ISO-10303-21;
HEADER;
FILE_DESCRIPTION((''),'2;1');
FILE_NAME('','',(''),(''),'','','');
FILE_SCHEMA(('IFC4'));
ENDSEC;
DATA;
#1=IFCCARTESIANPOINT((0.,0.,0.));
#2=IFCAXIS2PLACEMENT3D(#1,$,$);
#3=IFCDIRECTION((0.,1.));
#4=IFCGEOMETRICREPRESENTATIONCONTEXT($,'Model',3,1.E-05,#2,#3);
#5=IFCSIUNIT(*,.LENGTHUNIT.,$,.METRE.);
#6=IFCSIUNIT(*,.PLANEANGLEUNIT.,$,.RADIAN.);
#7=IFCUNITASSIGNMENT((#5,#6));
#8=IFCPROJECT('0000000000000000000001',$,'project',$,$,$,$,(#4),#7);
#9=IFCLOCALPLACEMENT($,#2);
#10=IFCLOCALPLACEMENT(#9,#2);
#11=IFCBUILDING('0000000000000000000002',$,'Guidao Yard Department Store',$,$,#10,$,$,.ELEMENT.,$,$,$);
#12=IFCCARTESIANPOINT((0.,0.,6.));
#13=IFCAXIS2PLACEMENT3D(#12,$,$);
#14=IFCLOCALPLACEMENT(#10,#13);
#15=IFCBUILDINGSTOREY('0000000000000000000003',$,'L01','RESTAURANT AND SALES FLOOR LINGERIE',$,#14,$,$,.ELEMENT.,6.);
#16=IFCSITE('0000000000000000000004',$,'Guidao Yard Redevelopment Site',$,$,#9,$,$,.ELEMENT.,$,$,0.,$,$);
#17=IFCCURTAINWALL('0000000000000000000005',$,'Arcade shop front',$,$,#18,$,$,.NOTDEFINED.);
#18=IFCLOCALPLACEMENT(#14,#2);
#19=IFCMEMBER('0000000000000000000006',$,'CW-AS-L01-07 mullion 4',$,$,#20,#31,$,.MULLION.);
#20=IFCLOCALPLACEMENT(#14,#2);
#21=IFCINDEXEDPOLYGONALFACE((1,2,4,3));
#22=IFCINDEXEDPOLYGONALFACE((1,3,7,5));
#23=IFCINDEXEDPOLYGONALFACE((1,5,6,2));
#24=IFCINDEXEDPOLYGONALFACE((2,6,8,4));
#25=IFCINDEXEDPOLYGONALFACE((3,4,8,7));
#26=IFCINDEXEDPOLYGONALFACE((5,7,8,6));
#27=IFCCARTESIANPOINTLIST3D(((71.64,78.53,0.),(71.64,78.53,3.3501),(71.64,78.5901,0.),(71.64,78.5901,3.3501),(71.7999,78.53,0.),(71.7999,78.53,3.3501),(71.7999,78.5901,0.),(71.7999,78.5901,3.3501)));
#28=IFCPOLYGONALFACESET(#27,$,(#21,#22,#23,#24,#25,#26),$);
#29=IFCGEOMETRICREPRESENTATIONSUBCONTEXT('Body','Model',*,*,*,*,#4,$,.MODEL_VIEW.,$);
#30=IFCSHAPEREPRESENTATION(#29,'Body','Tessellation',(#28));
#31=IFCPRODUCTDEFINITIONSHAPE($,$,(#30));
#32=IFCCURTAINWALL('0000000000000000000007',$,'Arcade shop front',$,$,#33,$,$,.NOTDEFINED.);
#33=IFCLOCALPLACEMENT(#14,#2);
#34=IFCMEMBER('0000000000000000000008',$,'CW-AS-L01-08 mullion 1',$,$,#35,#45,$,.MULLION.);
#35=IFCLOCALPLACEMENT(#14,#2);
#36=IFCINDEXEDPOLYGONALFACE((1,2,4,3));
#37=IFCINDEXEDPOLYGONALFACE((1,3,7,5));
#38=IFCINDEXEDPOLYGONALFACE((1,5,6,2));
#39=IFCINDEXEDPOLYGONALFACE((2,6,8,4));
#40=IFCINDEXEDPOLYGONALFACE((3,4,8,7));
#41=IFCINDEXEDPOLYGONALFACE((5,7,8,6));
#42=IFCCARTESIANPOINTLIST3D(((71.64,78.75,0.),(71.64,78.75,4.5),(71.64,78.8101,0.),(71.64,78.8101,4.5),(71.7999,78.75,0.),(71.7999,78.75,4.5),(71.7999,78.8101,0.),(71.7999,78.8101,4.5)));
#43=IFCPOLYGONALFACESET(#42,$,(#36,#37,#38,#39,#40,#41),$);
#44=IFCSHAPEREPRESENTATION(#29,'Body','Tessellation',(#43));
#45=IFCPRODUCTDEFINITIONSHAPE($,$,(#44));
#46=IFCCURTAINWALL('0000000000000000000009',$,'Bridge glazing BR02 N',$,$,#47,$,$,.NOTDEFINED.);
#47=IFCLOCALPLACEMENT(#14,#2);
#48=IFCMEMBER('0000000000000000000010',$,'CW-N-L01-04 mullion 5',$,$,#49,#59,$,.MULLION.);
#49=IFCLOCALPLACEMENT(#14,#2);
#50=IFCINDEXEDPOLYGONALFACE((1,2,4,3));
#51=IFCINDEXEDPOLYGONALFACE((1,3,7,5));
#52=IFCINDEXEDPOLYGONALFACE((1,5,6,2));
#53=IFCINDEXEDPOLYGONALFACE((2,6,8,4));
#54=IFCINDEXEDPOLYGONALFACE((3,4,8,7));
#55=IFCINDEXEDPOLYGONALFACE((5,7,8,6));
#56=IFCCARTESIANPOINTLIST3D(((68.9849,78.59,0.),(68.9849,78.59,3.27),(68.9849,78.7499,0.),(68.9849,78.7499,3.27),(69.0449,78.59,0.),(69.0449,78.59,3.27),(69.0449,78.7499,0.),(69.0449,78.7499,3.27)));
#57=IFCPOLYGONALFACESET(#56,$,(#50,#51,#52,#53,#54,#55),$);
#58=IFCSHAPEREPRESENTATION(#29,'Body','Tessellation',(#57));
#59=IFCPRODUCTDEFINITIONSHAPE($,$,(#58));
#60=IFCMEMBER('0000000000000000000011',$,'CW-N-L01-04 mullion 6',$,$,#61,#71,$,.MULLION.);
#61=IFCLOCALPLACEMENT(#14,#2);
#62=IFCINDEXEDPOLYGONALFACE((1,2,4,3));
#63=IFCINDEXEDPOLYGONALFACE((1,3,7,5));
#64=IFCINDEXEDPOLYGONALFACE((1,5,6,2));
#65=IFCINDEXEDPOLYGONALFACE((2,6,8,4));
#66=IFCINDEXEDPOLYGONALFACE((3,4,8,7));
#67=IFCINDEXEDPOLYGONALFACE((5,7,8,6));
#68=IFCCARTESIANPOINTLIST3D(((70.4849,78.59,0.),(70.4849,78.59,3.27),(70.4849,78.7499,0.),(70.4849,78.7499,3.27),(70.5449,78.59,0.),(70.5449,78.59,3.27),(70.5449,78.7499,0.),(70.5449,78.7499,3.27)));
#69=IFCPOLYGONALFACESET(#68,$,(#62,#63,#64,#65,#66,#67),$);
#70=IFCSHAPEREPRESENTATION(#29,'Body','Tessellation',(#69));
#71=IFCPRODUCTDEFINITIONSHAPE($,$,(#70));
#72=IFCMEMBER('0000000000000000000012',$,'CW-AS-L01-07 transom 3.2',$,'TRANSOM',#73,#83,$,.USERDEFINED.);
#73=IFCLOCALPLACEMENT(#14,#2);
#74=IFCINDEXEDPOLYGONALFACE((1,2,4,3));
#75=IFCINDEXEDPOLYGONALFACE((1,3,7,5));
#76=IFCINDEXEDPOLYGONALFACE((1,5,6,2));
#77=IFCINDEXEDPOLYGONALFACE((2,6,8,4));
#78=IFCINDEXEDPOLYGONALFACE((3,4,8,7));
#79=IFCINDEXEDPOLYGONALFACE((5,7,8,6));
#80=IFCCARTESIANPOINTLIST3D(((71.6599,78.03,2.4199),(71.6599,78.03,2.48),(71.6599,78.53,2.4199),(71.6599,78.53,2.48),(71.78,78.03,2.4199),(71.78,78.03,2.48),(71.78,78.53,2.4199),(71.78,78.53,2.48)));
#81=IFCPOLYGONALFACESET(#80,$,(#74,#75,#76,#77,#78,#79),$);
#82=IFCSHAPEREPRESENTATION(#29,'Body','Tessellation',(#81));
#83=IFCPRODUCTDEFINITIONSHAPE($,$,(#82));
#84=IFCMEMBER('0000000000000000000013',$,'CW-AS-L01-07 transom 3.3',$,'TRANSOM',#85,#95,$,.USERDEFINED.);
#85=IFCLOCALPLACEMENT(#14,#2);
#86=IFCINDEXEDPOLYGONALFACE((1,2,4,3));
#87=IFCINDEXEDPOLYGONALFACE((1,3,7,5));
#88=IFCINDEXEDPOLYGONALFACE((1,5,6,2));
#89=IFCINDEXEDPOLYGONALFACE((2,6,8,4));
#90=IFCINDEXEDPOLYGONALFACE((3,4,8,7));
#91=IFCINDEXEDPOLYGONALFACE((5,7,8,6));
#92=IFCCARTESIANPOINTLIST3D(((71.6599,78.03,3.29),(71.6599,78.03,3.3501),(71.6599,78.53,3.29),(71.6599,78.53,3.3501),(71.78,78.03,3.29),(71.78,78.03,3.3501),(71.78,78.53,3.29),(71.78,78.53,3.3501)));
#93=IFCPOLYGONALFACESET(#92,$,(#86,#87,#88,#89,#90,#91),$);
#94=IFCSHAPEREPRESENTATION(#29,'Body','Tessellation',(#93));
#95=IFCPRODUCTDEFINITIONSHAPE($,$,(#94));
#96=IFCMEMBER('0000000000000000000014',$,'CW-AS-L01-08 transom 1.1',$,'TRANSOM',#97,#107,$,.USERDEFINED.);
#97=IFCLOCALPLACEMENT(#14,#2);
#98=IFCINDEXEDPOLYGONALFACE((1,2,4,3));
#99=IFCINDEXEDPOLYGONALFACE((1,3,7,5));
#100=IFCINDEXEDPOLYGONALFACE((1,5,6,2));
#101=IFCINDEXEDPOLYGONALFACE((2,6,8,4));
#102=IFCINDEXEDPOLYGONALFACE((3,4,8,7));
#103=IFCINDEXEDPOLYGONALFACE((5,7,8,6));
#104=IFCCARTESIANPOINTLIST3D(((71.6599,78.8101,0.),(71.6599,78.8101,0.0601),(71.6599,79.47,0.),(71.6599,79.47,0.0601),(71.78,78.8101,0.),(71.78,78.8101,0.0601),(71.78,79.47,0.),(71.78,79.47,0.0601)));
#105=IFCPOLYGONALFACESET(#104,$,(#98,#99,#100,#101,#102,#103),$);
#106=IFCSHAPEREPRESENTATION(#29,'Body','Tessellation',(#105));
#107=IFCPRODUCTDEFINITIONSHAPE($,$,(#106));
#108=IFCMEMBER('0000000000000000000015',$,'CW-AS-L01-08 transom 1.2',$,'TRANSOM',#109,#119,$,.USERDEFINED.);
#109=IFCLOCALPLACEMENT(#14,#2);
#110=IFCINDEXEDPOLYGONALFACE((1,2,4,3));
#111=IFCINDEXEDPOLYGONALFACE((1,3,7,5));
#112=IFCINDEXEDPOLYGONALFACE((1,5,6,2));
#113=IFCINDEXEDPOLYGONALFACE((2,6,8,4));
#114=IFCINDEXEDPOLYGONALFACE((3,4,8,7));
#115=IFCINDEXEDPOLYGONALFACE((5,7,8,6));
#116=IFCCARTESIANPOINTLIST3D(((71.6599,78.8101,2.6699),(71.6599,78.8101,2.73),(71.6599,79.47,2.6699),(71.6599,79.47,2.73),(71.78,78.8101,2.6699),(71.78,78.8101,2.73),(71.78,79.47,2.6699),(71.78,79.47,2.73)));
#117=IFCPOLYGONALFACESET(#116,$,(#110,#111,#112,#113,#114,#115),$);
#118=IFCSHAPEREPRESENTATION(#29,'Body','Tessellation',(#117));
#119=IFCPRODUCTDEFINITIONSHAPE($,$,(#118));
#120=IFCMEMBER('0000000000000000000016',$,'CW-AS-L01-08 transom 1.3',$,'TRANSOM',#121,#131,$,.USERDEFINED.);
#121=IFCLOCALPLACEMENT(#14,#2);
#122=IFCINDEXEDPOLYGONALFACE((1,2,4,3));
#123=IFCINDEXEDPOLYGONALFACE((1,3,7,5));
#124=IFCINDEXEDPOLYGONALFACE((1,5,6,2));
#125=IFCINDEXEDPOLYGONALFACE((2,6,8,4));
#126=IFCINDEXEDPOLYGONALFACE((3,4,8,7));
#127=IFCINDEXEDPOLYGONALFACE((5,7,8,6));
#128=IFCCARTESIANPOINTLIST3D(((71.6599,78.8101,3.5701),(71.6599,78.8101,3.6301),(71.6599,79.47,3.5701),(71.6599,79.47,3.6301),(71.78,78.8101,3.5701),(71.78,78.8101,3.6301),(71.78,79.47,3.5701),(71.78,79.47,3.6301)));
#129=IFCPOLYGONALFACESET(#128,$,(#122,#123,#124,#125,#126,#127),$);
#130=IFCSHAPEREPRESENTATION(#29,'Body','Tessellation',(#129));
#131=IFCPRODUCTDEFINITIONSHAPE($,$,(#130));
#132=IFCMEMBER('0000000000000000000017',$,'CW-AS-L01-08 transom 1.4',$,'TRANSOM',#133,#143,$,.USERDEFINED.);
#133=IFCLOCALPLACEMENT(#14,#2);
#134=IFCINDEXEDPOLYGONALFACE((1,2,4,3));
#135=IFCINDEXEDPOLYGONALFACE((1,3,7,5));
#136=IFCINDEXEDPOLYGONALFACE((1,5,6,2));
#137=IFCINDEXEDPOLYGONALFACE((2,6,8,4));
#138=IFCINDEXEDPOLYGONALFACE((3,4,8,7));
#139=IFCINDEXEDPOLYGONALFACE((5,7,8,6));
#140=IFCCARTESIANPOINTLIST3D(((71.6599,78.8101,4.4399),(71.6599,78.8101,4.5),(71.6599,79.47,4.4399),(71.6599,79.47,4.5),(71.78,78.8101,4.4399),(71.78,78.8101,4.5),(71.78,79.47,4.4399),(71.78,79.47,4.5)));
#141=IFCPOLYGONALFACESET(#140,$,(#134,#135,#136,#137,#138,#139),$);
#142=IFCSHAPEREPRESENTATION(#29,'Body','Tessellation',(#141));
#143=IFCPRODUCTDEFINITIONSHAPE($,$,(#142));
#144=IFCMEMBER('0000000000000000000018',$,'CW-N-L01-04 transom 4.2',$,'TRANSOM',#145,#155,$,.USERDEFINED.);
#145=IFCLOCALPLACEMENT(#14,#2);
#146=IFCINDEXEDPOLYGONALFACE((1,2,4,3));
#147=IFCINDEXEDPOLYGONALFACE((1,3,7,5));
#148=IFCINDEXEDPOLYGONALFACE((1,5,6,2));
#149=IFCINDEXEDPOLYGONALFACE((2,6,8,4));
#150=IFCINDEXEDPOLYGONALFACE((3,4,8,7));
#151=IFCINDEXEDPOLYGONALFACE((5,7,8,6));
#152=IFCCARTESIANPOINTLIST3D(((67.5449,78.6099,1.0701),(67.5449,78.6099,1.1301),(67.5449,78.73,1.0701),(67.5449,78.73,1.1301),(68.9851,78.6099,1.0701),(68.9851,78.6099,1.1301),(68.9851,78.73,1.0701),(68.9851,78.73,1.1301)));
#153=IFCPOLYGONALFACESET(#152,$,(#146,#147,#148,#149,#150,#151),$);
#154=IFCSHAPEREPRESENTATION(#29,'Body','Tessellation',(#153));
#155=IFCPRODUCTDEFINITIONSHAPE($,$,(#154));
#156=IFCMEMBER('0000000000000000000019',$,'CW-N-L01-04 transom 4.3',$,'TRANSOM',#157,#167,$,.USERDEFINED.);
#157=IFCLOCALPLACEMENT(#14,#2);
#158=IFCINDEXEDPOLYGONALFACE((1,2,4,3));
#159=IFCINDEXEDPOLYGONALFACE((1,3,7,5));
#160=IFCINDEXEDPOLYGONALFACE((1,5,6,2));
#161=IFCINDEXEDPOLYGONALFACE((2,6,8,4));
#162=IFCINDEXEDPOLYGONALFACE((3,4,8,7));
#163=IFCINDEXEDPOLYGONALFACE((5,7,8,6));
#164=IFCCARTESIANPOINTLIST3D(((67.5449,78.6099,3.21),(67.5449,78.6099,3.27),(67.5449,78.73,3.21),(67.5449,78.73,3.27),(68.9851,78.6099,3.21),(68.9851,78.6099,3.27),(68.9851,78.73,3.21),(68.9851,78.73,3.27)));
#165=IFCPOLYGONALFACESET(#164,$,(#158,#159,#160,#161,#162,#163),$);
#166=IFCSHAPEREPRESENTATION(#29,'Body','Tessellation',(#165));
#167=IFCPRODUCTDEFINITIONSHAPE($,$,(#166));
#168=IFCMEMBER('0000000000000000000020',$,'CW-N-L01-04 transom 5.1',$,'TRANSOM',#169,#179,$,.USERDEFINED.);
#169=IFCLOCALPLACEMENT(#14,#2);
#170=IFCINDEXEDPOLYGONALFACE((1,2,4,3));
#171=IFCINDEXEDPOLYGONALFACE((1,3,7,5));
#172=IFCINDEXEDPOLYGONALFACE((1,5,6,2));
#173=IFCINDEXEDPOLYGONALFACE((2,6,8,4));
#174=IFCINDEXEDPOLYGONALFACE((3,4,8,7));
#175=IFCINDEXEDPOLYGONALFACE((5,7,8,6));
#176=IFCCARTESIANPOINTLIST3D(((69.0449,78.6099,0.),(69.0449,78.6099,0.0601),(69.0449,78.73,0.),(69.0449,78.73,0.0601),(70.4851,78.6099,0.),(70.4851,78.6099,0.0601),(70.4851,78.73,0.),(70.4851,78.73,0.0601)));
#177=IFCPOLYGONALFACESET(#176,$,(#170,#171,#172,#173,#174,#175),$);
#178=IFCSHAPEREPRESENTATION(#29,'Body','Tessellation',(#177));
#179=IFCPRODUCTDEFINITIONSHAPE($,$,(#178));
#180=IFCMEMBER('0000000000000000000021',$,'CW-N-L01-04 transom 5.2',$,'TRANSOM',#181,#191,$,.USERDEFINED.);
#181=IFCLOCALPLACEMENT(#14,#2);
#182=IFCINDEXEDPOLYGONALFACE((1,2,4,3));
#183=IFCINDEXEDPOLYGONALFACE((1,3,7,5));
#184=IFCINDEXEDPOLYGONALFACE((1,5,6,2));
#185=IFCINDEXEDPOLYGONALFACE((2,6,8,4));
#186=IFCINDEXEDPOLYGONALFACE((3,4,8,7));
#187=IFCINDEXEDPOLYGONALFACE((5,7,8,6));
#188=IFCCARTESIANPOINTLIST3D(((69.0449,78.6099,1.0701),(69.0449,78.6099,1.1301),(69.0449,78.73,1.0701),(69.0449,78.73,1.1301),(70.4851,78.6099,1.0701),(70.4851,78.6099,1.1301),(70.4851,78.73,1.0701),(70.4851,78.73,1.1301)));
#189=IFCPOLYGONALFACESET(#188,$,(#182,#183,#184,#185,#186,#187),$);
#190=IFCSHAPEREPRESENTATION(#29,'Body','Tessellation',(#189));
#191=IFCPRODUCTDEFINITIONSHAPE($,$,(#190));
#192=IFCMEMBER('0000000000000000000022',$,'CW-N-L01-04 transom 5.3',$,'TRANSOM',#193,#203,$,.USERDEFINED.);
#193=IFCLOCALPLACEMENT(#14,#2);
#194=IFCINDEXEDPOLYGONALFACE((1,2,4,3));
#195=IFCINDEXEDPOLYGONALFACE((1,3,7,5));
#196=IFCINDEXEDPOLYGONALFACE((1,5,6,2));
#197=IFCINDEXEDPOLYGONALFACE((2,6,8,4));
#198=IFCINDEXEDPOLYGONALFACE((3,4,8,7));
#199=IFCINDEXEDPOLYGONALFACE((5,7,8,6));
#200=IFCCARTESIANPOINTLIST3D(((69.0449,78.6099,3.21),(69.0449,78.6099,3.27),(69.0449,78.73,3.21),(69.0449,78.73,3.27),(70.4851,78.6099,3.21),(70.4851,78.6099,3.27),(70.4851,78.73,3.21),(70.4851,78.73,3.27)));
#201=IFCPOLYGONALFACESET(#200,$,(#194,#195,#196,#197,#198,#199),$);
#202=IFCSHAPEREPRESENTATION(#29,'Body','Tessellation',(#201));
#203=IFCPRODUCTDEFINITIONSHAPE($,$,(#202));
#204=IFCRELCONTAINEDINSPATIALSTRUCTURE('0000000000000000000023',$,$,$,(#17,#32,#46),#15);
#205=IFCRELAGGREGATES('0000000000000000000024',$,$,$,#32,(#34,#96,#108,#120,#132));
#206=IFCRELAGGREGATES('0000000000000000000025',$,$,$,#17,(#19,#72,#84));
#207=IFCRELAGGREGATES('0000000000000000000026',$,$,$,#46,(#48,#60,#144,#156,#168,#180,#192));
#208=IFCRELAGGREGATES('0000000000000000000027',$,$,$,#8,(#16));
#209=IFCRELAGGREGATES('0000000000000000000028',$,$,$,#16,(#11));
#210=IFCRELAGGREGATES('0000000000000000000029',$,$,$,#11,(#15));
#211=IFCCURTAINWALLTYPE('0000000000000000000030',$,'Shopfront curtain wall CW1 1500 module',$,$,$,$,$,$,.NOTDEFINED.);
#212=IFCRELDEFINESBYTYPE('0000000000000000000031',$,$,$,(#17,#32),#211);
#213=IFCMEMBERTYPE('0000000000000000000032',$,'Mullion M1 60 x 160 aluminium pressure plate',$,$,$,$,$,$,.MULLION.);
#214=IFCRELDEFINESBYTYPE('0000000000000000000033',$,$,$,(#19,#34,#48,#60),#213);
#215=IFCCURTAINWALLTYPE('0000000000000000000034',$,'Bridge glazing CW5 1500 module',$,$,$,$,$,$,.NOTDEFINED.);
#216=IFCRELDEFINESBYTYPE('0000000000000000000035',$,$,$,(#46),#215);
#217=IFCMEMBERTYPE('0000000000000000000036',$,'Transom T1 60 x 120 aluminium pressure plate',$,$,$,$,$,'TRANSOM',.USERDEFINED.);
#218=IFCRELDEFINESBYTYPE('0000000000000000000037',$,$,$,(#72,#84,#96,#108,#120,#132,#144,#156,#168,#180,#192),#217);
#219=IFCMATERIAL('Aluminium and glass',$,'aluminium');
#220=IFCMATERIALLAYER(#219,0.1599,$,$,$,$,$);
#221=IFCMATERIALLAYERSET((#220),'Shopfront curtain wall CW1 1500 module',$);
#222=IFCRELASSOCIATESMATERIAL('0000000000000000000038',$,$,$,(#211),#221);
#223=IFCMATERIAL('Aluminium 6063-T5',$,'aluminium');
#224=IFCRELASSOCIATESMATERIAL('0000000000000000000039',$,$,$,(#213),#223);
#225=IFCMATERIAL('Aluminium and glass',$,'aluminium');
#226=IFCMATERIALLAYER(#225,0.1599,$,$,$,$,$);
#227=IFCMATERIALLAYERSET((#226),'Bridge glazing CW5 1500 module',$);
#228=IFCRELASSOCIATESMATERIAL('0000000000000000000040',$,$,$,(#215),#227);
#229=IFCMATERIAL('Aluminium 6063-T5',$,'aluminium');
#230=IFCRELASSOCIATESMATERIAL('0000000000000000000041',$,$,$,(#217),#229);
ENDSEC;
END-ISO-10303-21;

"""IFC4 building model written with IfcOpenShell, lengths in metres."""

from ifc_helpers import new_model, si_unit, direction, frame, origin, origin_2d, place, context, subcontext, project, spatial, rectangle, extrude, material, layer, layer_set, material_profile, profile_set, type_object, element, aggregate, save


model = new_model("IFC4")

# Units and contexts
model_context = context("Model", 3, precision=1e-05, world=origin(), true_north=direction((0.0, 1.0)))
body_context = subcontext(model_context, "Body", "Model", "MODEL_VIEW")
ifc_project = project(units=[si_unit("LENGTHUNIT", "METRE"), si_unit("PLANEANGLEUNIT", "RADIAN")], contexts=[model_context])

# Site, building, storey
site_placement = place(None, origin())
site = spatial("IfcSite", under=ifc_project, at=site_placement, Name="Guidao Yard Redevelopment Site", CompositionType="ELEMENT", RefElevation=0.0)
building_placement = place(site_placement, origin())
building = spatial("IfcBuilding", under=site, at=building_placement, Name="Guidao Yard Department Store", CompositionType="ELEMENT")
storey_placement = place(building_placement, frame((0.0, 0.0, 6.0)))
storey = spatial("IfcBuildingStorey", under=building, at=storey_placement, Name="L01", Description="RESTAURANT AND SALES FLOOR LINGERIE", CompositionType="ELEMENT", Elevation=6.0)

# Curtain walls, members
ifc_material_1 = material(Name="Aluminium and glass", Category="aluminium")
ifc_layer_1 = layer(ifc_material_1, 0.1599)
ifc_layer_set_1 = layer_set([ifc_layer_1], Name="Shopfront curtain wall CW1 1500 module")
curtain_wall_type_1 = type_object("IfcCurtainWallType", Name="Shopfront curtain wall CW1 1500 module", PredefinedType="NOTDEFINED", material=ifc_layer_set_1)
curtain_wall_1_placement = place(storey_placement, origin())
curtain_wall_1 = element("IfcCurtainWall", 1, at=curtain_wall_1_placement, inside=storey, type_object=curtain_wall_type_1, Name="Arcade shop front", PredefinedType="NOTDEFINED")
ifc_material_2 = material(Name="Aluminium 6063-T5", Category="aluminium")
ifc_material_profile_1 = material_profile(ifc_material_2, rectangle(XDim=0.0601, YDim=0.1599, at=origin_2d()), Name="Mullion M1 60 x 160 aluminium pressure plate")
ifc_profile_set_1 = profile_set([ifc_material_profile_1], Name="Aluminium 6063-T5")
member_type_1 = type_object("IfcMemberType", Name="Mullion M1 60 x 160 aluminium pressure plate", PredefinedType="MULLION", material=ifc_profile_set_1)
member_1_placement = place(storey_placement, frame((71.72, 78.5601, 0.0), z_axis=(0.0, 0.0, 1.0), x_axis=(0.0, 1.0, 0.0)))
member_1 = element("IfcMember", 2, at=member_1_placement, type_object=member_type_1, Name="CW-AS-L01-07 mullion 4", PredefinedType="MULLION", context=body_context, shape_type="SweptSolid", body=[
    extrude(rectangle(XDim=0.0601, YDim=0.1599, at=origin_2d()), origin(), (0.0, 0.0, 1.0), 3.3501),
])
curtain_wall_2_placement = place(storey_placement, origin())
curtain_wall_2 = element("IfcCurtainWall", 3, at=curtain_wall_2_placement, inside=storey, type_object=curtain_wall_type_1, Name="Arcade shop front", PredefinedType="NOTDEFINED")
member_2_placement = place(storey_placement, frame((71.72, 78.78, 0.0), z_axis=(0.0, 0.0, 1.0), x_axis=(0.0, 1.0, 0.0)))
member_2 = element("IfcMember", 4, at=member_2_placement, type_object=member_type_1, Name="CW-AS-L01-08 mullion 1", PredefinedType="MULLION", context=body_context, shape_type="SweptSolid", body=[
    extrude(rectangle(XDim=0.0601, YDim=0.1599, at=origin_2d()), origin(), (0.0, 0.0, 1.0), 4.5),
])

# Curtain wall, members
ifc_material_3 = material(Name="Aluminium and glass", Category="aluminium")
ifc_layer_2 = layer(ifc_material_3, 0.1599)
ifc_layer_set_2 = layer_set([ifc_layer_2], Name="Bridge glazing CW5 1500 module")
curtain_wall_type_2 = type_object("IfcCurtainWallType", Name="Bridge glazing CW5 1500 module", PredefinedType="NOTDEFINED", material=ifc_layer_set_2)
curtain_wall_3_placement = place(storey_placement, origin())
curtain_wall_3 = element("IfcCurtainWall", 5, at=curtain_wall_3_placement, inside=storey, type_object=curtain_wall_type_2, Name="Bridge glazing BR02 N", PredefinedType="NOTDEFINED")
member_3_placement = place(storey_placement, frame((69.0149, 78.6699, 0.0), z_axis=(0.0, 0.0, 1.0), x_axis=(1.0, 0.0, 0.0)))
member_3 = element("IfcMember", 6, at=member_3_placement, type_object=member_type_1, Name="CW-N-L01-04 mullion 5", PredefinedType="MULLION", context=body_context, shape_type="SweptSolid", body=[
    extrude(rectangle(XDim=0.0601, YDim=0.1599, at=origin_2d()), origin(), (0.0, 0.0, 1.0), 3.27),
])
member_4_placement = place(storey_placement, frame((70.5149, 78.6699, 0.0), z_axis=(0.0, 0.0, 1.0), x_axis=(1.0, 0.0, 0.0)))
member_4 = element("IfcMember", 7, at=member_4_placement, type_object=member_type_1, Name="CW-N-L01-04 mullion 6", PredefinedType="MULLION", context=body_context, shape_type="SweptSolid", body=[
    extrude(rectangle(XDim=0.0601, YDim=0.1599, at=origin_2d()), origin(), (0.0, 0.0, 1.0), 3.27),
])

# Members
ifc_material_4 = material(Name="Aluminium 6063-T5", Category="aluminium")
ifc_material_profile_2 = material_profile(ifc_material_4, rectangle(XDim=0.1201, YDim=0.0601, at=origin_2d()), Name="Transom T1 60 x 120 aluminium pressure plate")
ifc_profile_set_2 = profile_set([ifc_material_profile_2], Name="Aluminium 6063-T5")
member_type_2 = type_object("IfcMemberType", Name="Transom T1 60 x 120 aluminium pressure plate", ElementType="TRANSOM", PredefinedType="USERDEFINED", material=ifc_profile_set_2)
member_5_placement = place(storey_placement, frame((71.72, 78.03, 2.45), z_axis=(0.0, 1.0, 0.0), x_axis=(-1.0, 0.0, 0.0)))
member_5 = element("IfcMember", 8, at=member_5_placement, type_object=member_type_2, Name="CW-AS-L01-07 transom 3.2", ObjectType="TRANSOM", PredefinedType="USERDEFINED", context=body_context, shape_type="SweptSolid", body=[
    extrude(rectangle(XDim=0.1201, YDim=0.0601, at=origin_2d()), origin(), (0.0, 0.0, 1.0), 0.5),
])
member_6_placement = place(storey_placement, frame((71.72, 78.03, 3.3201), z_axis=(0.0, 1.0, 0.0), x_axis=(-1.0, 0.0, 0.0)))
member_6 = element("IfcMember", 9, at=member_6_placement, type_object=member_type_2, Name="CW-AS-L01-07 transom 3.3", ObjectType="TRANSOM", PredefinedType="USERDEFINED", context=body_context, shape_type="SweptSolid", body=[
    extrude(rectangle(XDim=0.1201, YDim=0.0601, at=origin_2d()), origin(), (0.0, 0.0, 1.0), 0.5),
])
member_7_placement = place(storey_placement, frame((71.72, 78.8101, 0.03), z_axis=(0.0, 1.0, 0.0), x_axis=(-1.0, 0.0, 0.0)))
member_7 = element("IfcMember", 10, at=member_7_placement, type_object=member_type_2, Name="CW-AS-L01-08 transom 1.1", ObjectType="TRANSOM", PredefinedType="USERDEFINED", context=body_context, shape_type="SweptSolid", body=[
    extrude(rectangle(XDim=0.1201, YDim=0.0601, at=origin_2d()), origin(), (0.0, 0.0, 1.0), 0.6599),
])
member_8_placement = place(storey_placement, frame((71.72, 78.8101, 2.7), z_axis=(0.0, 1.0, 0.0), x_axis=(-1.0, 0.0, 0.0)))
member_8 = element("IfcMember", 11, at=member_8_placement, type_object=member_type_2, Name="CW-AS-L01-08 transom 1.2", ObjectType="TRANSOM", PredefinedType="USERDEFINED", context=body_context, shape_type="SweptSolid", body=[
    extrude(rectangle(XDim=0.1201, YDim=0.0601, at=origin_2d()), origin(), (0.0, 0.0, 1.0), 0.6599),
])
member_9_placement = place(storey_placement, frame((71.72, 78.8101, 3.6001), z_axis=(0.0, 1.0, 0.0), x_axis=(-1.0, 0.0, 0.0)))
member_9 = element("IfcMember", 12, at=member_9_placement, type_object=member_type_2, Name="CW-AS-L01-08 transom 1.3", ObjectType="TRANSOM", PredefinedType="USERDEFINED", context=body_context, shape_type="SweptSolid", body=[
    extrude(rectangle(XDim=0.1201, YDim=0.0601, at=origin_2d()), origin(), (0.0, 0.0, 1.0), 0.6599),
])
member_10_placement = place(storey_placement, frame((71.72, 78.8101, 4.47), z_axis=(0.0, 1.0, 0.0), x_axis=(-1.0, 0.0, 0.0)))
member_10 = element("IfcMember", 13, at=member_10_placement, type_object=member_type_2, Name="CW-AS-L01-08 transom 1.4", ObjectType="TRANSOM", PredefinedType="USERDEFINED", context=body_context, shape_type="SweptSolid", body=[
    extrude(rectangle(XDim=0.1201, YDim=0.0601, at=origin_2d()), origin(), (0.0, 0.0, 1.0), 0.6599),
])
aggregate(curtain_wall_2, [member_2, member_7, member_8, member_9, member_10])
member_11_placement = place(storey_placement, frame((67.5449, 78.6699, 1.1001), z_axis=(1.0, 0.0, 0.0), x_axis=(0.0, 1.0, 0.0)))
member_11 = element("IfcMember", 14, at=member_11_placement, type_object=member_type_2, Name="CW-N-L01-04 transom 4.2", ObjectType="TRANSOM", PredefinedType="USERDEFINED", context=body_context, shape_type="SweptSolid", body=[
    extrude(rectangle(XDim=0.1201, YDim=0.0601, at=origin_2d()), origin(), (0.0, 0.0, 1.0), 1.4402),
])
member_12_placement = place(storey_placement, frame((67.5449, 78.6699, 3.24), z_axis=(1.0, 0.0, 0.0), x_axis=(0.0, 1.0, 0.0)))
member_12 = element("IfcMember", 15, at=member_12_placement, type_object=member_type_2, Name="CW-N-L01-04 transom 4.3", ObjectType="TRANSOM", PredefinedType="USERDEFINED", context=body_context, shape_type="SweptSolid", body=[
    extrude(rectangle(XDim=0.1201, YDim=0.0601, at=origin_2d()), origin(), (0.0, 0.0, 1.0), 1.4402),
])
member_13_placement = place(storey_placement, frame((69.0449, 78.6699, 0.03), z_axis=(1.0, 0.0, 0.0), x_axis=(0.0, 1.0, 0.0)))
member_13 = element("IfcMember", 16, at=member_13_placement, type_object=member_type_2, Name="CW-N-L01-04 transom 5.1", ObjectType="TRANSOM", PredefinedType="USERDEFINED", context=body_context, shape_type="SweptSolid", body=[
    extrude(rectangle(XDim=0.1201, YDim=0.0601, at=origin_2d()), origin(), (0.0, 0.0, 1.0), 1.4402),
])
member_14_placement = place(storey_placement, frame((69.0449, 78.6699, 1.1001), z_axis=(1.0, 0.0, 0.0), x_axis=(0.0, 1.0, 0.0)))
member_14 = element("IfcMember", 17, at=member_14_placement, type_object=member_type_2, Name="CW-N-L01-04 transom 5.2", ObjectType="TRANSOM", PredefinedType="USERDEFINED", context=body_context, shape_type="SweptSolid", body=[
    extrude(rectangle(XDim=0.1201, YDim=0.0601, at=origin_2d()), origin(), (0.0, 0.0, 1.0), 1.4402),
])
member_15_placement = place(storey_placement, frame((69.0449, 78.6699, 3.24), z_axis=(1.0, 0.0, 0.0), x_axis=(0.0, 1.0, 0.0)))
member_15 = element("IfcMember", 18, at=member_15_placement, type_object=member_type_2, Name="CW-N-L01-04 transom 5.3", ObjectType="TRANSOM", PredefinedType="USERDEFINED", context=body_context, shape_type="SweptSolid", body=[
    extrude(rectangle(XDim=0.1201, YDim=0.0601, at=origin_2d()), origin(), (0.0, 0.0, 1.0), 1.4402),
])

aggregate(curtain_wall_1, [member_1, member_5, member_6])
aggregate(curtain_wall_3, [member_3, member_4, member_11, member_12, member_13, member_14, member_15])

save(model, "model.ifc")
